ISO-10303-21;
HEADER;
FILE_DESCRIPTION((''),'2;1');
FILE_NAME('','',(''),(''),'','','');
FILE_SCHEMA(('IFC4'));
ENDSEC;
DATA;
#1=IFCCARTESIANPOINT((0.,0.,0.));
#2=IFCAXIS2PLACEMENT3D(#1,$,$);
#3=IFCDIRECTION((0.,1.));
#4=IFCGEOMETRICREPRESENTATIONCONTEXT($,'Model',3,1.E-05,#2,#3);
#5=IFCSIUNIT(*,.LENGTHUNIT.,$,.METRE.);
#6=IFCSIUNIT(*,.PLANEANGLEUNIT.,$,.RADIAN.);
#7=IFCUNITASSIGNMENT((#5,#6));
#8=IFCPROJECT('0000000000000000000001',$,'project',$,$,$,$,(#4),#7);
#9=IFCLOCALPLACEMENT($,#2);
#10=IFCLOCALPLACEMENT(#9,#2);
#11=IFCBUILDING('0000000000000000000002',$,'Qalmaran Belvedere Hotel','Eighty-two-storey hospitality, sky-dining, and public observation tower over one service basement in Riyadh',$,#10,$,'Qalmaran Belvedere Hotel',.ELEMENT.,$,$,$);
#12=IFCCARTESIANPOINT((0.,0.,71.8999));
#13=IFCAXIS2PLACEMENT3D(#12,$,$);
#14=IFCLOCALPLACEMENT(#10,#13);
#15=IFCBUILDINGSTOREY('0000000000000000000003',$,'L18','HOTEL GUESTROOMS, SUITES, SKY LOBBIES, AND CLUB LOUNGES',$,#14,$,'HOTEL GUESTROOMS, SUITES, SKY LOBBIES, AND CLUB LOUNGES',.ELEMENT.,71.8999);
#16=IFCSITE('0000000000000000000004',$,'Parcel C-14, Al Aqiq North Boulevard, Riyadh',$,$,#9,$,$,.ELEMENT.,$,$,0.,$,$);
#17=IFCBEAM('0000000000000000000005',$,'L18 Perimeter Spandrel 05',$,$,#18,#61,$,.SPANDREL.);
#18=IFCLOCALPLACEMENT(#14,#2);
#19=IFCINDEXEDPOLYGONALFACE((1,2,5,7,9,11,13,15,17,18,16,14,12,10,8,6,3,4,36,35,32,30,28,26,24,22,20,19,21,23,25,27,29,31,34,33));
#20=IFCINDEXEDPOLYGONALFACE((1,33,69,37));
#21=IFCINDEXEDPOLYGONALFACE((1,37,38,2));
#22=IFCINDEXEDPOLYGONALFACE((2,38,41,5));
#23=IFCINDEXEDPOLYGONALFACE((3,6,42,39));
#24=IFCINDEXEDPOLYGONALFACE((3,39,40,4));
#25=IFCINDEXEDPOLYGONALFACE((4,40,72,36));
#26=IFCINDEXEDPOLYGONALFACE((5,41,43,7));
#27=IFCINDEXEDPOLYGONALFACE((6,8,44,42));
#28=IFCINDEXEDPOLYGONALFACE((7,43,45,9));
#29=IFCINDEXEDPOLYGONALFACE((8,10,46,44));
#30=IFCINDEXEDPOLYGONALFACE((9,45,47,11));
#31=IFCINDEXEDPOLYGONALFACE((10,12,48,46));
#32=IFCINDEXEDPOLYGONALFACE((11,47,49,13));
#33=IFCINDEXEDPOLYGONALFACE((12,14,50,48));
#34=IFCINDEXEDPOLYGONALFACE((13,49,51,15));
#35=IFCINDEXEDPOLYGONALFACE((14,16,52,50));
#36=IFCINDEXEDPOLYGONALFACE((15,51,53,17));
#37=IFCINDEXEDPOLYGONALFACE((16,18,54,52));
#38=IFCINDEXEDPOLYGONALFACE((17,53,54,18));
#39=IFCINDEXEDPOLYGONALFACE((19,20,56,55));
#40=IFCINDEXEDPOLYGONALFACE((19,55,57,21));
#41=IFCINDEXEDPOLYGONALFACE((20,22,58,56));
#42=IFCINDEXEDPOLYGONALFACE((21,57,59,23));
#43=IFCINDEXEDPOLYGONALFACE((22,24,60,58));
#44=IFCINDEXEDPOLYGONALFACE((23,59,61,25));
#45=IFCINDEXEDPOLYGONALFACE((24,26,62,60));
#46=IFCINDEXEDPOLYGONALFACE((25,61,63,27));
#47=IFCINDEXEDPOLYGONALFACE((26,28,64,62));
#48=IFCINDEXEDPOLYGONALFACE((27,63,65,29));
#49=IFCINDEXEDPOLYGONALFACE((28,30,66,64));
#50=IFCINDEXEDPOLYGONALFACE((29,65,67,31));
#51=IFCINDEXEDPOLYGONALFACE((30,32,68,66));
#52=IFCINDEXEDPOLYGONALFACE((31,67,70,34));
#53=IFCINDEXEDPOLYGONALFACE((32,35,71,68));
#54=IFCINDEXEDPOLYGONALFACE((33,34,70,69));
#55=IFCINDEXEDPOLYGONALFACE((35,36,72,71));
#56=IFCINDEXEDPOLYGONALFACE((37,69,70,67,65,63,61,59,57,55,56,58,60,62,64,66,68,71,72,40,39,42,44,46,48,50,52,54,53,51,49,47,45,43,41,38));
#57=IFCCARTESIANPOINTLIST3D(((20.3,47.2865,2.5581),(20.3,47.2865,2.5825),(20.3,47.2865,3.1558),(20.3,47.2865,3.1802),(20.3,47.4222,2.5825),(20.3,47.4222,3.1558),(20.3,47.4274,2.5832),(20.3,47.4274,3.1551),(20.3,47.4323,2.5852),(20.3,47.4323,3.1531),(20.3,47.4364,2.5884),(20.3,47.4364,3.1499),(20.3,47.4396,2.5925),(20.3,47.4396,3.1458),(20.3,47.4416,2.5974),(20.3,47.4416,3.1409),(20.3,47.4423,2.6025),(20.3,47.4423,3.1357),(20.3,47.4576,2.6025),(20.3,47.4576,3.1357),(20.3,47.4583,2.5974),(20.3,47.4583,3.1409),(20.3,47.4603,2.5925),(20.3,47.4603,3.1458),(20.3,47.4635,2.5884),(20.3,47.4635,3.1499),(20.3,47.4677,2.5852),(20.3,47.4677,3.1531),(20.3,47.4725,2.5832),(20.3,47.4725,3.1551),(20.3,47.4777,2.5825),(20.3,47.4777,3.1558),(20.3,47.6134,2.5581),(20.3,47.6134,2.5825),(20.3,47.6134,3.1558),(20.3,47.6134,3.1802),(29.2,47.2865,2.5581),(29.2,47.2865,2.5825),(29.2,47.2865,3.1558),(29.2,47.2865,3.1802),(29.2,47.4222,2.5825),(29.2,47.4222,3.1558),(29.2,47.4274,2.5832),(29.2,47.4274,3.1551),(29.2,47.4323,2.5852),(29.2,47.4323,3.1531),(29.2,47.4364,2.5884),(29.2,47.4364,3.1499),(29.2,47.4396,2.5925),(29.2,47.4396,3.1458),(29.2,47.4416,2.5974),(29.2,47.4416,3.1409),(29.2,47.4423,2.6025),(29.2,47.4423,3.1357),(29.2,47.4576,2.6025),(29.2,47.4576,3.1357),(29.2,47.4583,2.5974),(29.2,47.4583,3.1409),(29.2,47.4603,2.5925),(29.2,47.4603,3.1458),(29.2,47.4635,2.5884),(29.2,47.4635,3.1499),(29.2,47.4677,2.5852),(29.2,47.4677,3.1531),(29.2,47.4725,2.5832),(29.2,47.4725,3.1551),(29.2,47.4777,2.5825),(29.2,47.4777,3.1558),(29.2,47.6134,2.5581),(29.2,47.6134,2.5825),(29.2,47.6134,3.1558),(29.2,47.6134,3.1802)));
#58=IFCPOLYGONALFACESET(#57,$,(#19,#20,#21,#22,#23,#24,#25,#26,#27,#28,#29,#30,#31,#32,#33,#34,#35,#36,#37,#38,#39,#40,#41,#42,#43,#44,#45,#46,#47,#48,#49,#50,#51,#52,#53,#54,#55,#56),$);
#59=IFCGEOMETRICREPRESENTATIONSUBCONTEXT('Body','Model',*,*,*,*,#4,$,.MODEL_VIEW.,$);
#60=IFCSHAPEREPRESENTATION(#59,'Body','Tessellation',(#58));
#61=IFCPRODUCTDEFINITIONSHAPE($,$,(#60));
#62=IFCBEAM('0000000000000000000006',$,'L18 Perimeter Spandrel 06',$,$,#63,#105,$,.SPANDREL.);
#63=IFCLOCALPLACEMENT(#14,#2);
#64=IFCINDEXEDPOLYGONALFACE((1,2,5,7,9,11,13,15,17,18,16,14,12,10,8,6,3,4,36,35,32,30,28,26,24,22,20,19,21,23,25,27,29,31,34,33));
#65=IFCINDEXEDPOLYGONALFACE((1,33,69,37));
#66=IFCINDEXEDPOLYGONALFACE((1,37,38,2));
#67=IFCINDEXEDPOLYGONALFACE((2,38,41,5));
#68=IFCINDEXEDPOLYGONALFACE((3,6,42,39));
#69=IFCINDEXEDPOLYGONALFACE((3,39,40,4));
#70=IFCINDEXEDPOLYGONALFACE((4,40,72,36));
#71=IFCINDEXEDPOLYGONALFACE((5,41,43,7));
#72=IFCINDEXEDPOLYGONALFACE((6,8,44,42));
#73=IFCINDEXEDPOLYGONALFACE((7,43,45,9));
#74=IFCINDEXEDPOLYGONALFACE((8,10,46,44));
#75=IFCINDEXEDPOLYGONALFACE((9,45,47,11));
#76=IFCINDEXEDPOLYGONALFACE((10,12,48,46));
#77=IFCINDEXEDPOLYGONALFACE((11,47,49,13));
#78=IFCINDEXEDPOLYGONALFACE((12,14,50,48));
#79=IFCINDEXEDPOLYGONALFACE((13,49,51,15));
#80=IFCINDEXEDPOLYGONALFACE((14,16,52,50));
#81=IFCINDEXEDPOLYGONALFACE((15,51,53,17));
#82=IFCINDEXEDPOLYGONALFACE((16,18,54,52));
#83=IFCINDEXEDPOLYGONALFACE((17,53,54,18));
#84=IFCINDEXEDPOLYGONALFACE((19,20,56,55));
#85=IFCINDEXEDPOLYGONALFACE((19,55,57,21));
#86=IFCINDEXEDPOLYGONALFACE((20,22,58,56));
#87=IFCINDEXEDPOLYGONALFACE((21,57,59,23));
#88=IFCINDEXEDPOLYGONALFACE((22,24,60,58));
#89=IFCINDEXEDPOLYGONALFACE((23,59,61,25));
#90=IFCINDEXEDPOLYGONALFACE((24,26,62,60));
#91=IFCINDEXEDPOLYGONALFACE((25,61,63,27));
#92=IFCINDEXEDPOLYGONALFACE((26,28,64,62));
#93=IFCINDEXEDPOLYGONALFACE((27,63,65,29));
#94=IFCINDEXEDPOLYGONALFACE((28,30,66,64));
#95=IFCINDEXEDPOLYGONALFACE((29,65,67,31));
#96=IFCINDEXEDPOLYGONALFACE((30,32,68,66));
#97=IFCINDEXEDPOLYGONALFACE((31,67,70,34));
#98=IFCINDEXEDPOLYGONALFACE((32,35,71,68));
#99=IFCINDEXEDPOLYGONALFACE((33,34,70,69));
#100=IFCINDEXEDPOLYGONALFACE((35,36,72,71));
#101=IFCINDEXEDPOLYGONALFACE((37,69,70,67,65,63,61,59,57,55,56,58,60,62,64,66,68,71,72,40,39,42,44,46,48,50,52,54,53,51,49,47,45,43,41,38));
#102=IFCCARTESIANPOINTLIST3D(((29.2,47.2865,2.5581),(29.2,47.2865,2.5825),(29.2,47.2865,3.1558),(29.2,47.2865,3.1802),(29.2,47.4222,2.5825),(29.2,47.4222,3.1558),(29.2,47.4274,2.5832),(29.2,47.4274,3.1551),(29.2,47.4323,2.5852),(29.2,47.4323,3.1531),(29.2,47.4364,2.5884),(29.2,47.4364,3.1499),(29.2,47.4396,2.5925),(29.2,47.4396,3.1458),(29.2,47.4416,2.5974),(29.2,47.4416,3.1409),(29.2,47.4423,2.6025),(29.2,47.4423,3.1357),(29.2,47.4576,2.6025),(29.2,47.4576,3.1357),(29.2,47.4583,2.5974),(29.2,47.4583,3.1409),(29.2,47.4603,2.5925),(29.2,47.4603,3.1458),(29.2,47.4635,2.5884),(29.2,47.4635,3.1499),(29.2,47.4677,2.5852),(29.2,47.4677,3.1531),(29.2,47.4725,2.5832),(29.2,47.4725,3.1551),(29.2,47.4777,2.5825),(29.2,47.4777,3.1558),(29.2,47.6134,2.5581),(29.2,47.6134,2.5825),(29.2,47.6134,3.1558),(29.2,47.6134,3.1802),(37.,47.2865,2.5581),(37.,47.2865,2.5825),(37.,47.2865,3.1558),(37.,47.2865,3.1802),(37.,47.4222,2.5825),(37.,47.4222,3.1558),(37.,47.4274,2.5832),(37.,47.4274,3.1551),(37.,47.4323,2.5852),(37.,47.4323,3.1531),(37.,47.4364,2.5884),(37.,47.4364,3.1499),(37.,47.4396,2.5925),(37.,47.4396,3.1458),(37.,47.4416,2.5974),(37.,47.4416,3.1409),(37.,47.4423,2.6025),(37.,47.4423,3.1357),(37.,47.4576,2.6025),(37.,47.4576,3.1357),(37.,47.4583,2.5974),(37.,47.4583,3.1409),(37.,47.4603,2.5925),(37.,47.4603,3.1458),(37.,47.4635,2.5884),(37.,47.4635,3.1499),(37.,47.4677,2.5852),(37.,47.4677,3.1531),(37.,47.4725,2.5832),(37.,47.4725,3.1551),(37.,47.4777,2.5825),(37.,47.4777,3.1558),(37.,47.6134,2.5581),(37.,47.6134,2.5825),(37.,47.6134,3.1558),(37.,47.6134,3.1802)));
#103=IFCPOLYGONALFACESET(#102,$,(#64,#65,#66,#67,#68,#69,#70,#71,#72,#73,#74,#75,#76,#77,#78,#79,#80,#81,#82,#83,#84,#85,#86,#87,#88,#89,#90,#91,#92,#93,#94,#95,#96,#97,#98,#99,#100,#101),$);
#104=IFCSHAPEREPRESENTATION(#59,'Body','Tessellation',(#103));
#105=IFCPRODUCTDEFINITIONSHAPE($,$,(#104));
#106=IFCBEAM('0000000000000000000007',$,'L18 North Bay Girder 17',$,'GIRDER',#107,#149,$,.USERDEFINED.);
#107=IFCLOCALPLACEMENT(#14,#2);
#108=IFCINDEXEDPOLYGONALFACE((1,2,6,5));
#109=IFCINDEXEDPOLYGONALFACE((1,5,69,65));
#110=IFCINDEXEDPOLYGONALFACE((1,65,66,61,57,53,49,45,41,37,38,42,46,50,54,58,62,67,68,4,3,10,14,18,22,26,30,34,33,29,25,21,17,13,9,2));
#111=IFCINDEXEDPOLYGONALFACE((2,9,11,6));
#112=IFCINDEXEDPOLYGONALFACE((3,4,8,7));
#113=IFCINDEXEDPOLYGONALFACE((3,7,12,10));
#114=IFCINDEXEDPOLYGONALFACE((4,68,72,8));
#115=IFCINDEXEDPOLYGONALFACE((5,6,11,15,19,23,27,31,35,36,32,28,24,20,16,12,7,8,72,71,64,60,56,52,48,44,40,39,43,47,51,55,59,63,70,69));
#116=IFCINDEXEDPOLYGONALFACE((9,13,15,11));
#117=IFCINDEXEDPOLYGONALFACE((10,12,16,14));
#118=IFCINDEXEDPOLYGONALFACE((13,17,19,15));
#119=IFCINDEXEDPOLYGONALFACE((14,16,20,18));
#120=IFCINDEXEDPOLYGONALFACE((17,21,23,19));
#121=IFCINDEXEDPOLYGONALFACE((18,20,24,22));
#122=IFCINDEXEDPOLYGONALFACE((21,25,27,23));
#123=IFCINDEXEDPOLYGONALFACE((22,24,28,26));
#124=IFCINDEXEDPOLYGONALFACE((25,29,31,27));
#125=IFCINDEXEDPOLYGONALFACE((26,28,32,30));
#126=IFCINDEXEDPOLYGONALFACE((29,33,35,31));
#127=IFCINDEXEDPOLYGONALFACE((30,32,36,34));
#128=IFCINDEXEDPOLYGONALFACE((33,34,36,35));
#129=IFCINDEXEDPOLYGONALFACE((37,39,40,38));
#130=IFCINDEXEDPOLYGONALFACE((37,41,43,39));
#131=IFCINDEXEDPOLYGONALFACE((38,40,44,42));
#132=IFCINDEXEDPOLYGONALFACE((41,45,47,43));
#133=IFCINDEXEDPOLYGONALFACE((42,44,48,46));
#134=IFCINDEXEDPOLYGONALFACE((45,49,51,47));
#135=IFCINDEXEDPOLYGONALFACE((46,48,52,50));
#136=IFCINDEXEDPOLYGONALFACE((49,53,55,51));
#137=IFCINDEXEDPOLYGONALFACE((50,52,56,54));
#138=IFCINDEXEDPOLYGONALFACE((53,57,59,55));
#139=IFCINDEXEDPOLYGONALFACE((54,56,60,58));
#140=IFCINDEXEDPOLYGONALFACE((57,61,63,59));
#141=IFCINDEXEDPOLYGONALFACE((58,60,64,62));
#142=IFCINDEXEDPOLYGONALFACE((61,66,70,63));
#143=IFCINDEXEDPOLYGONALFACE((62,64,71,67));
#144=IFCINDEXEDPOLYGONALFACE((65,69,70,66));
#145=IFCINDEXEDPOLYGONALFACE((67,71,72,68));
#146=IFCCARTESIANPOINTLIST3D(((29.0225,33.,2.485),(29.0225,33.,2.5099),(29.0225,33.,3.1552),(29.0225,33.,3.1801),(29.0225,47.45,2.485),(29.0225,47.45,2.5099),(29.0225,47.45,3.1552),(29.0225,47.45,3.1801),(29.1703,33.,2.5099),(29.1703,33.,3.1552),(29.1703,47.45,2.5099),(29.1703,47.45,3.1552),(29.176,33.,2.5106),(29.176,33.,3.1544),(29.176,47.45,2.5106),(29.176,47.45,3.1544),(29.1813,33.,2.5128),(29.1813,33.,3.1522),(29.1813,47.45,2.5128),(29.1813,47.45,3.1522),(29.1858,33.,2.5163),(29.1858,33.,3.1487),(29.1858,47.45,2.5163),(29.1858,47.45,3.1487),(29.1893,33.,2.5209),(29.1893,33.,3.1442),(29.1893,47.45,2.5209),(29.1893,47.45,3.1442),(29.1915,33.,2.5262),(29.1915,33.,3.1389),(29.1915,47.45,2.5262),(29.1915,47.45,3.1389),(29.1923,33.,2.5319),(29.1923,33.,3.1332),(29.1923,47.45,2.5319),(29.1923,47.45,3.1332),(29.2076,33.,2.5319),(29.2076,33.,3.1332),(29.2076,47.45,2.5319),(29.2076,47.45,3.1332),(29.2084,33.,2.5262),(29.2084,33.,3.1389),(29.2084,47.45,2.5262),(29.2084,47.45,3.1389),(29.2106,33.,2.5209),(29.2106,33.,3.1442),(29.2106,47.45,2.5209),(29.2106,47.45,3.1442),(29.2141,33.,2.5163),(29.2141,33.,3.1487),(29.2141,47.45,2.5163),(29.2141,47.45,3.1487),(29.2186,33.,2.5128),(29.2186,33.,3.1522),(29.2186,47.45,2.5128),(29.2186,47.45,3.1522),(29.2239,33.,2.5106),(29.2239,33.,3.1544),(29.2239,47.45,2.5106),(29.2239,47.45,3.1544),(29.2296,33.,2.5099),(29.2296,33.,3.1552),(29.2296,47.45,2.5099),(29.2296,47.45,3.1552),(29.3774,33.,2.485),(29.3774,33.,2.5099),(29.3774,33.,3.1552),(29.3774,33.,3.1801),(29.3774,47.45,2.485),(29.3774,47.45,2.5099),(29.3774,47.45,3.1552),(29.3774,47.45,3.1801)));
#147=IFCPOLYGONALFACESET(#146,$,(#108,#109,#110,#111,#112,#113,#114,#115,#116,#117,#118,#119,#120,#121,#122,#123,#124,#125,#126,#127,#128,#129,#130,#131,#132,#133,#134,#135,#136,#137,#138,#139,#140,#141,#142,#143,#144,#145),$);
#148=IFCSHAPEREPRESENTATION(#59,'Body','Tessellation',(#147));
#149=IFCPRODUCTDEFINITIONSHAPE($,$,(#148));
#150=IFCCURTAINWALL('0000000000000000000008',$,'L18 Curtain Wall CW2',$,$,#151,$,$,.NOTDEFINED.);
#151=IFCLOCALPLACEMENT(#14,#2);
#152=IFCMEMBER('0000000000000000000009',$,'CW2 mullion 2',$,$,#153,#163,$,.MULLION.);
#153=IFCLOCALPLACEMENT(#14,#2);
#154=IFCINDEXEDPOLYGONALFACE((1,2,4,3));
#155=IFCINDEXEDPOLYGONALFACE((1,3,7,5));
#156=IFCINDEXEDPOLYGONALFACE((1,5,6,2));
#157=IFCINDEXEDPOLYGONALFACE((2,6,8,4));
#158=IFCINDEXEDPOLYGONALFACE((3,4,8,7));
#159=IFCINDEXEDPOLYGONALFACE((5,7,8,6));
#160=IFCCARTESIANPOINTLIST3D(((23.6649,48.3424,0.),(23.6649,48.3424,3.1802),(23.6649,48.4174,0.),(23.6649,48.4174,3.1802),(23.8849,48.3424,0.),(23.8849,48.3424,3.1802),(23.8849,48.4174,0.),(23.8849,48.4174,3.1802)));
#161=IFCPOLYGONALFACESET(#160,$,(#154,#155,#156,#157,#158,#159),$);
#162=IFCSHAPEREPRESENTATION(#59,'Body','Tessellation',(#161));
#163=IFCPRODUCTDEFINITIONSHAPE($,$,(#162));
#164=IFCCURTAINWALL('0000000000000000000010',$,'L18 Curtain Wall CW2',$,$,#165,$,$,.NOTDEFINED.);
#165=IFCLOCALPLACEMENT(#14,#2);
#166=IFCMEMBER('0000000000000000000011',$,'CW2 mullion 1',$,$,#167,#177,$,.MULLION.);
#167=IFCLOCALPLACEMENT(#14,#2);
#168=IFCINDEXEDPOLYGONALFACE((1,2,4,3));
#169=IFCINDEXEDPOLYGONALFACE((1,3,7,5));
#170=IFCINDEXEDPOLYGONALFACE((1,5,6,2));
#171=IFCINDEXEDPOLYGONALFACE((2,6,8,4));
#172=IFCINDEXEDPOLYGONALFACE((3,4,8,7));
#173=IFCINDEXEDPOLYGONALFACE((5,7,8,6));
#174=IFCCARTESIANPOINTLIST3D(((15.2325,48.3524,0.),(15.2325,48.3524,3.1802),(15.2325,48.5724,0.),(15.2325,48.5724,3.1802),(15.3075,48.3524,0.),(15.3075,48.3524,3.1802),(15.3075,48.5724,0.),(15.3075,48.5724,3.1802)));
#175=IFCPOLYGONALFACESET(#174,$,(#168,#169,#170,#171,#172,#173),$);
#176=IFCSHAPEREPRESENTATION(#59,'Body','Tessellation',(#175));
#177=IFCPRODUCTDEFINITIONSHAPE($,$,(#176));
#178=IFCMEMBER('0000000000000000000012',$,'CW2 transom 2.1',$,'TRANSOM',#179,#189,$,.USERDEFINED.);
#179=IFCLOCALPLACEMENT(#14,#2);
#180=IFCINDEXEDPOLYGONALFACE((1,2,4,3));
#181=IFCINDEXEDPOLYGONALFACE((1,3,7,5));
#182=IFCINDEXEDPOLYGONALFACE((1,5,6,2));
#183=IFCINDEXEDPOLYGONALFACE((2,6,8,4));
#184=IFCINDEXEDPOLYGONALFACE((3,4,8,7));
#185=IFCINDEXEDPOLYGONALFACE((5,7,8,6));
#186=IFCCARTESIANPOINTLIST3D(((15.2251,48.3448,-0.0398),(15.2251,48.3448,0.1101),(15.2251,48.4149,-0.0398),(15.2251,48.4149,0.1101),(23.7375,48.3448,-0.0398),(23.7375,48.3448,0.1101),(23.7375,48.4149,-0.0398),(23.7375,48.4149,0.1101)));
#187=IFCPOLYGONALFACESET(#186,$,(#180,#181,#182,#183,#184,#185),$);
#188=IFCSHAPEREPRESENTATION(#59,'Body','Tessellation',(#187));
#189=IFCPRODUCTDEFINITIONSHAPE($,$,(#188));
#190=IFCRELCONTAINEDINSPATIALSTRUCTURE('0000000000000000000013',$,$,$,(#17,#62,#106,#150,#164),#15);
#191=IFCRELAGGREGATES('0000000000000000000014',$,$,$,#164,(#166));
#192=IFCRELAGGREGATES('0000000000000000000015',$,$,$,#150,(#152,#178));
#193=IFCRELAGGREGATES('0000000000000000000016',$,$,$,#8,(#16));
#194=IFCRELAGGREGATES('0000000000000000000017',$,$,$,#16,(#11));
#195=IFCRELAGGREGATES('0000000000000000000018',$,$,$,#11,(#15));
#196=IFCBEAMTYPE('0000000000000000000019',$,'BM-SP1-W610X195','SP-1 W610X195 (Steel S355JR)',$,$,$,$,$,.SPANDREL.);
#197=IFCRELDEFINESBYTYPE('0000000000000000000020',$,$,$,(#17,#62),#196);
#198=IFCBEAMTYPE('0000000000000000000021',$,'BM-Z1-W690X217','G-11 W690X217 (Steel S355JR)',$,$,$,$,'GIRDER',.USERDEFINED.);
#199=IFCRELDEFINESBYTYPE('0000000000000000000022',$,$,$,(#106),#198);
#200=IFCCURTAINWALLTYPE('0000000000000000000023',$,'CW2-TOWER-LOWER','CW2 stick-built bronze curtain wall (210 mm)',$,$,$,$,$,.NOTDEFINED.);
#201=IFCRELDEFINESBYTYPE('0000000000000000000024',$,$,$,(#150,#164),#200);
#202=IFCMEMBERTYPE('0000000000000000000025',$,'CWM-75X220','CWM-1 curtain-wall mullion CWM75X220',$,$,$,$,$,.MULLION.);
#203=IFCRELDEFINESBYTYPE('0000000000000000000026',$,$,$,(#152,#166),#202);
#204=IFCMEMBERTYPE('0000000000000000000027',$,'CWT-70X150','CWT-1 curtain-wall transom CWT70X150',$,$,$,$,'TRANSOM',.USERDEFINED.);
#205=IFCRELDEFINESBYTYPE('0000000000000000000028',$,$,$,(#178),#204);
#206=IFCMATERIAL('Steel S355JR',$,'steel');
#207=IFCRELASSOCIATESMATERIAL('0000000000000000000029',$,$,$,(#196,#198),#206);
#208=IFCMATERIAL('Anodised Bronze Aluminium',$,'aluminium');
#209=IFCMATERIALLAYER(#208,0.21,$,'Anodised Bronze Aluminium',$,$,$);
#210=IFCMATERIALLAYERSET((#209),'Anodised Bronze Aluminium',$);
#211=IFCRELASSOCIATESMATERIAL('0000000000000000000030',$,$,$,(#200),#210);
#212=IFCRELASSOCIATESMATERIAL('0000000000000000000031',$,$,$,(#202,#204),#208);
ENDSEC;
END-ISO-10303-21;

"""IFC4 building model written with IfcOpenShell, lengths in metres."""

from ifc_helpers import new_model, si_unit, direction, frame, origin, origin_2d, place, context, subcontext, project, spatial, rectangle, i_section, extrude, material, layer, layer_set, material_profile, profile_set, type_object, element, aggregate, save


model = new_model("IFC4")

# Units and contexts
model_context = context("Model", 3, precision=1e-05, world=origin(), true_north=direction((0.0, 1.0)))
body_context = subcontext(model_context, "Body", "Model", "MODEL_VIEW")
ifc_project = project(units=[si_unit("LENGTHUNIT", "METRE"), si_unit("PLANEANGLEUNIT", "RADIAN")], contexts=[model_context])

# Site, building, storey
site_placement = place(None, origin())
site = spatial("IfcSite", under=ifc_project, at=site_placement, Name="Parcel C-14, Al Aqiq North Boulevard, Riyadh", CompositionType="ELEMENT", RefElevation=0.0)
building_placement = place(site_placement, origin())
building = spatial("IfcBuilding", under=site, at=building_placement, Name="Qalmaran Belvedere Hotel", Description="Eighty-two-storey hospitality, sky-dining, and public observation tower over one service basement in Riyadh", LongName="Qalmaran Belvedere Hotel", CompositionType="ELEMENT")
storey_placement = place(building_placement, frame((0.0, 0.0, 71.8999)))
storey = spatial("IfcBuildingStorey", under=building, at=storey_placement, Name="L18", Description="HOTEL GUESTROOMS, SUITES, SKY LOBBIES, AND CLUB LOUNGES", LongName="HOTEL GUESTROOMS, SUITES, SKY LOBBIES, AND CLUB LOUNGES", CompositionType="ELEMENT", Elevation=71.8999)

# Beams
ifc_material_1 = material(Name="Steel S355JR", Category="steel")
ifc_material_profile_1 = material_profile(ifc_material_1, i_section(OverallWidth=0.3269, OverallDepth=0.6221, WebThickness=0.0154, FlangeThickness=0.0244, FilletRadius=0.02, at=origin_2d()), Name="W610X195")
ifc_profile_set_1 = profile_set([ifc_material_profile_1], Name="Steel S355JR")
beam_type_1 = type_object("IfcBeamType", Name="BM-SP1-W610X195", Description="SP-1 W610X195 (Steel S355JR)", PredefinedType="SPANDREL", material=ifc_profile_set_1)
beam_1_placement = place(storey_placement, frame((20.3, 47.45, 2.8691), z_axis=(1.0, 0.0, 0.0), x_axis=(0.0, 1.0, 0.0)))
element("IfcBeam", 1, at=beam_1_placement, inside=storey, type_object=beam_type_1, Name="L18 Perimeter Spandrel 05", PredefinedType="SPANDREL", context=body_context, shape_type="SweptSolid", body=[
    extrude(i_section(OverallWidth=0.3269, OverallDepth=0.6221, WebThickness=0.0154, FlangeThickness=0.0244, FilletRadius=0.02, at=origin_2d()), origin(), (0.0, 0.0, 1.0), 8.8999),
])
beam_2_placement = place(storey_placement, frame((29.2, 47.45, 2.8691), z_axis=(1.0, 0.0, 0.0), x_axis=(0.0, 1.0, 0.0)))
element("IfcBeam", 2, at=beam_2_placement, inside=storey, type_object=beam_type_1, Name="L18 Perimeter Spandrel 06", PredefinedType="SPANDREL", context=body_context, shape_type="SweptSolid", body=[
    extrude(i_section(OverallWidth=0.3269, OverallDepth=0.6221, WebThickness=0.0154, FlangeThickness=0.0244, FilletRadius=0.02, at=origin_2d()), origin(), (0.0, 0.0, 1.0), 7.8),
])
ifc_material_profile_2 = material_profile(ifc_material_1, i_section(OverallWidth=0.355, OverallDepth=0.6951, WebThickness=0.0154, FlangeThickness=0.0249, FilletRadius=0.022, at=origin_2d()), Name="W690X217")
ifc_profile_set_2 = profile_set([ifc_material_profile_2], Name="Steel S355JR")
beam_type_2 = type_object("IfcBeamType", Name="BM-Z1-W690X217", Description="G-11 W690X217 (Steel S355JR)", ElementType="GIRDER", PredefinedType="USERDEFINED", material=ifc_profile_set_2)
beam_3_placement = place(storey_placement, frame((29.2, 33.0, 2.8325), z_axis=(0.0, 1.0, 0.0), x_axis=(-1.0, 0.0, 0.0)))
element("IfcBeam", 3, at=beam_3_placement, inside=storey, type_object=beam_type_2, Name="L18 North Bay Girder 17", ObjectType="GIRDER", PredefinedType="USERDEFINED", context=body_context, shape_type="SweptSolid", body=[
    extrude(i_section(OverallWidth=0.355, OverallDepth=0.6951, WebThickness=0.0154, FlangeThickness=0.0249, FilletRadius=0.022, at=origin_2d()), origin(), (0.0, 0.0, 1.0), 14.45),
])

# Curtain walls, members
ifc_material_2 = material(Name="Anodised Bronze Aluminium", Category="aluminium")
ifc_layer_1 = layer(ifc_material_2, 0.21, Name="Anodised Bronze Aluminium")
ifc_layer_set_1 = layer_set([ifc_layer_1], Name="Anodised Bronze Aluminium")
curtain_wall_type = type_object("IfcCurtainWallType", Name="CW2-TOWER-LOWER", Description="CW2 stick-built bronze curtain wall (210 mm)", PredefinedType="NOTDEFINED", material=ifc_layer_set_1)
curtain_wall_1_placement = place(storey_placement, origin())
curtain_wall_1 = element("IfcCurtainWall", 4, at=curtain_wall_1_placement, inside=storey, type_object=curtain_wall_type, Name="L18 Curtain Wall CW2", PredefinedType="NOTDEFINED")
ifc_material_profile_3 = material_profile(ifc_material_2, rectangle(XDim=0.075, YDim=0.22, at=origin_2d()), Name="CWM75X220")
ifc_profile_set_3 = profile_set([ifc_material_profile_3], Name="Anodised Bronze Aluminium")
member_type_1 = type_object("IfcMemberType", Name="CWM-75X220", Description="CWM-1 curtain-wall mullion CWM75X220", PredefinedType="MULLION", material=ifc_profile_set_3)
member_1_placement = place(storey_placement, frame((23.7749, 48.3799, 0.0), z_axis=(0.0, 0.0, 1.0), x_axis=(0.0, -1.0, 0.0)))
member_1 = element("IfcMember", 5, at=member_1_placement, type_object=member_type_1, Name="CW2 mullion 2", PredefinedType="MULLION", context=body_context, shape_type="SweptSolid", body=[
    extrude(rectangle(XDim=0.075, YDim=0.22, at=origin_2d()), origin(), (0.0, 0.0, 1.0), 3.1802),
])
curtain_wall_2_placement = place(storey_placement, origin())
curtain_wall_2 = element("IfcCurtainWall", 6, at=curtain_wall_2_placement, inside=storey, type_object=curtain_wall_type, Name="L18 Curtain Wall CW2", PredefinedType="NOTDEFINED")
member_2_placement = place(storey_placement, frame((15.27, 48.4624, 0.0), z_axis=(0.0, 0.0, 1.0), x_axis=(1.0, 0.0, 0.0)))
member_2 = element("IfcMember", 7, at=member_2_placement, type_object=member_type_1, Name="CW2 mullion 1", PredefinedType="MULLION", context=body_context, shape_type="SweptSolid", body=[
    extrude(rectangle(XDim=0.075, YDim=0.22, at=origin_2d()), origin(), (0.0, 0.0, 1.0), 3.1802),
])

# Member
ifc_material_profile_4 = material_profile(ifc_material_2, rectangle(XDim=0.0701, YDim=0.1499, at=origin_2d()), Name="CWT70X150")
ifc_profile_set_4 = profile_set([ifc_material_profile_4], Name="Anodised Bronze Aluminium")
member_type_2 = type_object("IfcMemberType", Name="CWT-70X150", Description="CWT-1 curtain-wall transom CWT70X150", ElementType="TRANSOM", PredefinedType="USERDEFINED", material=ifc_profile_set_4)
member_3_placement = place(storey_placement, frame((23.7375, 48.3799, 0.0352), z_axis=(-1.0, 0.0, 0.0), x_axis=(0.0, -1.0, 0.0)))
member_3 = element("IfcMember", 8, at=member_3_placement, type_object=member_type_2, Name="CW2 transom 2.1", ObjectType="TRANSOM", PredefinedType="USERDEFINED", context=body_context, shape_type="SweptSolid", body=[
    extrude(rectangle(XDim=0.0701, YDim=0.1499, at=origin_2d()), origin(), (0.0, 0.0, 1.0), 8.5125),
])
aggregate(curtain_wall_2, [member_2])

aggregate(curtain_wall_1, [member_1, member_3])

save(model, "model.ifc")
